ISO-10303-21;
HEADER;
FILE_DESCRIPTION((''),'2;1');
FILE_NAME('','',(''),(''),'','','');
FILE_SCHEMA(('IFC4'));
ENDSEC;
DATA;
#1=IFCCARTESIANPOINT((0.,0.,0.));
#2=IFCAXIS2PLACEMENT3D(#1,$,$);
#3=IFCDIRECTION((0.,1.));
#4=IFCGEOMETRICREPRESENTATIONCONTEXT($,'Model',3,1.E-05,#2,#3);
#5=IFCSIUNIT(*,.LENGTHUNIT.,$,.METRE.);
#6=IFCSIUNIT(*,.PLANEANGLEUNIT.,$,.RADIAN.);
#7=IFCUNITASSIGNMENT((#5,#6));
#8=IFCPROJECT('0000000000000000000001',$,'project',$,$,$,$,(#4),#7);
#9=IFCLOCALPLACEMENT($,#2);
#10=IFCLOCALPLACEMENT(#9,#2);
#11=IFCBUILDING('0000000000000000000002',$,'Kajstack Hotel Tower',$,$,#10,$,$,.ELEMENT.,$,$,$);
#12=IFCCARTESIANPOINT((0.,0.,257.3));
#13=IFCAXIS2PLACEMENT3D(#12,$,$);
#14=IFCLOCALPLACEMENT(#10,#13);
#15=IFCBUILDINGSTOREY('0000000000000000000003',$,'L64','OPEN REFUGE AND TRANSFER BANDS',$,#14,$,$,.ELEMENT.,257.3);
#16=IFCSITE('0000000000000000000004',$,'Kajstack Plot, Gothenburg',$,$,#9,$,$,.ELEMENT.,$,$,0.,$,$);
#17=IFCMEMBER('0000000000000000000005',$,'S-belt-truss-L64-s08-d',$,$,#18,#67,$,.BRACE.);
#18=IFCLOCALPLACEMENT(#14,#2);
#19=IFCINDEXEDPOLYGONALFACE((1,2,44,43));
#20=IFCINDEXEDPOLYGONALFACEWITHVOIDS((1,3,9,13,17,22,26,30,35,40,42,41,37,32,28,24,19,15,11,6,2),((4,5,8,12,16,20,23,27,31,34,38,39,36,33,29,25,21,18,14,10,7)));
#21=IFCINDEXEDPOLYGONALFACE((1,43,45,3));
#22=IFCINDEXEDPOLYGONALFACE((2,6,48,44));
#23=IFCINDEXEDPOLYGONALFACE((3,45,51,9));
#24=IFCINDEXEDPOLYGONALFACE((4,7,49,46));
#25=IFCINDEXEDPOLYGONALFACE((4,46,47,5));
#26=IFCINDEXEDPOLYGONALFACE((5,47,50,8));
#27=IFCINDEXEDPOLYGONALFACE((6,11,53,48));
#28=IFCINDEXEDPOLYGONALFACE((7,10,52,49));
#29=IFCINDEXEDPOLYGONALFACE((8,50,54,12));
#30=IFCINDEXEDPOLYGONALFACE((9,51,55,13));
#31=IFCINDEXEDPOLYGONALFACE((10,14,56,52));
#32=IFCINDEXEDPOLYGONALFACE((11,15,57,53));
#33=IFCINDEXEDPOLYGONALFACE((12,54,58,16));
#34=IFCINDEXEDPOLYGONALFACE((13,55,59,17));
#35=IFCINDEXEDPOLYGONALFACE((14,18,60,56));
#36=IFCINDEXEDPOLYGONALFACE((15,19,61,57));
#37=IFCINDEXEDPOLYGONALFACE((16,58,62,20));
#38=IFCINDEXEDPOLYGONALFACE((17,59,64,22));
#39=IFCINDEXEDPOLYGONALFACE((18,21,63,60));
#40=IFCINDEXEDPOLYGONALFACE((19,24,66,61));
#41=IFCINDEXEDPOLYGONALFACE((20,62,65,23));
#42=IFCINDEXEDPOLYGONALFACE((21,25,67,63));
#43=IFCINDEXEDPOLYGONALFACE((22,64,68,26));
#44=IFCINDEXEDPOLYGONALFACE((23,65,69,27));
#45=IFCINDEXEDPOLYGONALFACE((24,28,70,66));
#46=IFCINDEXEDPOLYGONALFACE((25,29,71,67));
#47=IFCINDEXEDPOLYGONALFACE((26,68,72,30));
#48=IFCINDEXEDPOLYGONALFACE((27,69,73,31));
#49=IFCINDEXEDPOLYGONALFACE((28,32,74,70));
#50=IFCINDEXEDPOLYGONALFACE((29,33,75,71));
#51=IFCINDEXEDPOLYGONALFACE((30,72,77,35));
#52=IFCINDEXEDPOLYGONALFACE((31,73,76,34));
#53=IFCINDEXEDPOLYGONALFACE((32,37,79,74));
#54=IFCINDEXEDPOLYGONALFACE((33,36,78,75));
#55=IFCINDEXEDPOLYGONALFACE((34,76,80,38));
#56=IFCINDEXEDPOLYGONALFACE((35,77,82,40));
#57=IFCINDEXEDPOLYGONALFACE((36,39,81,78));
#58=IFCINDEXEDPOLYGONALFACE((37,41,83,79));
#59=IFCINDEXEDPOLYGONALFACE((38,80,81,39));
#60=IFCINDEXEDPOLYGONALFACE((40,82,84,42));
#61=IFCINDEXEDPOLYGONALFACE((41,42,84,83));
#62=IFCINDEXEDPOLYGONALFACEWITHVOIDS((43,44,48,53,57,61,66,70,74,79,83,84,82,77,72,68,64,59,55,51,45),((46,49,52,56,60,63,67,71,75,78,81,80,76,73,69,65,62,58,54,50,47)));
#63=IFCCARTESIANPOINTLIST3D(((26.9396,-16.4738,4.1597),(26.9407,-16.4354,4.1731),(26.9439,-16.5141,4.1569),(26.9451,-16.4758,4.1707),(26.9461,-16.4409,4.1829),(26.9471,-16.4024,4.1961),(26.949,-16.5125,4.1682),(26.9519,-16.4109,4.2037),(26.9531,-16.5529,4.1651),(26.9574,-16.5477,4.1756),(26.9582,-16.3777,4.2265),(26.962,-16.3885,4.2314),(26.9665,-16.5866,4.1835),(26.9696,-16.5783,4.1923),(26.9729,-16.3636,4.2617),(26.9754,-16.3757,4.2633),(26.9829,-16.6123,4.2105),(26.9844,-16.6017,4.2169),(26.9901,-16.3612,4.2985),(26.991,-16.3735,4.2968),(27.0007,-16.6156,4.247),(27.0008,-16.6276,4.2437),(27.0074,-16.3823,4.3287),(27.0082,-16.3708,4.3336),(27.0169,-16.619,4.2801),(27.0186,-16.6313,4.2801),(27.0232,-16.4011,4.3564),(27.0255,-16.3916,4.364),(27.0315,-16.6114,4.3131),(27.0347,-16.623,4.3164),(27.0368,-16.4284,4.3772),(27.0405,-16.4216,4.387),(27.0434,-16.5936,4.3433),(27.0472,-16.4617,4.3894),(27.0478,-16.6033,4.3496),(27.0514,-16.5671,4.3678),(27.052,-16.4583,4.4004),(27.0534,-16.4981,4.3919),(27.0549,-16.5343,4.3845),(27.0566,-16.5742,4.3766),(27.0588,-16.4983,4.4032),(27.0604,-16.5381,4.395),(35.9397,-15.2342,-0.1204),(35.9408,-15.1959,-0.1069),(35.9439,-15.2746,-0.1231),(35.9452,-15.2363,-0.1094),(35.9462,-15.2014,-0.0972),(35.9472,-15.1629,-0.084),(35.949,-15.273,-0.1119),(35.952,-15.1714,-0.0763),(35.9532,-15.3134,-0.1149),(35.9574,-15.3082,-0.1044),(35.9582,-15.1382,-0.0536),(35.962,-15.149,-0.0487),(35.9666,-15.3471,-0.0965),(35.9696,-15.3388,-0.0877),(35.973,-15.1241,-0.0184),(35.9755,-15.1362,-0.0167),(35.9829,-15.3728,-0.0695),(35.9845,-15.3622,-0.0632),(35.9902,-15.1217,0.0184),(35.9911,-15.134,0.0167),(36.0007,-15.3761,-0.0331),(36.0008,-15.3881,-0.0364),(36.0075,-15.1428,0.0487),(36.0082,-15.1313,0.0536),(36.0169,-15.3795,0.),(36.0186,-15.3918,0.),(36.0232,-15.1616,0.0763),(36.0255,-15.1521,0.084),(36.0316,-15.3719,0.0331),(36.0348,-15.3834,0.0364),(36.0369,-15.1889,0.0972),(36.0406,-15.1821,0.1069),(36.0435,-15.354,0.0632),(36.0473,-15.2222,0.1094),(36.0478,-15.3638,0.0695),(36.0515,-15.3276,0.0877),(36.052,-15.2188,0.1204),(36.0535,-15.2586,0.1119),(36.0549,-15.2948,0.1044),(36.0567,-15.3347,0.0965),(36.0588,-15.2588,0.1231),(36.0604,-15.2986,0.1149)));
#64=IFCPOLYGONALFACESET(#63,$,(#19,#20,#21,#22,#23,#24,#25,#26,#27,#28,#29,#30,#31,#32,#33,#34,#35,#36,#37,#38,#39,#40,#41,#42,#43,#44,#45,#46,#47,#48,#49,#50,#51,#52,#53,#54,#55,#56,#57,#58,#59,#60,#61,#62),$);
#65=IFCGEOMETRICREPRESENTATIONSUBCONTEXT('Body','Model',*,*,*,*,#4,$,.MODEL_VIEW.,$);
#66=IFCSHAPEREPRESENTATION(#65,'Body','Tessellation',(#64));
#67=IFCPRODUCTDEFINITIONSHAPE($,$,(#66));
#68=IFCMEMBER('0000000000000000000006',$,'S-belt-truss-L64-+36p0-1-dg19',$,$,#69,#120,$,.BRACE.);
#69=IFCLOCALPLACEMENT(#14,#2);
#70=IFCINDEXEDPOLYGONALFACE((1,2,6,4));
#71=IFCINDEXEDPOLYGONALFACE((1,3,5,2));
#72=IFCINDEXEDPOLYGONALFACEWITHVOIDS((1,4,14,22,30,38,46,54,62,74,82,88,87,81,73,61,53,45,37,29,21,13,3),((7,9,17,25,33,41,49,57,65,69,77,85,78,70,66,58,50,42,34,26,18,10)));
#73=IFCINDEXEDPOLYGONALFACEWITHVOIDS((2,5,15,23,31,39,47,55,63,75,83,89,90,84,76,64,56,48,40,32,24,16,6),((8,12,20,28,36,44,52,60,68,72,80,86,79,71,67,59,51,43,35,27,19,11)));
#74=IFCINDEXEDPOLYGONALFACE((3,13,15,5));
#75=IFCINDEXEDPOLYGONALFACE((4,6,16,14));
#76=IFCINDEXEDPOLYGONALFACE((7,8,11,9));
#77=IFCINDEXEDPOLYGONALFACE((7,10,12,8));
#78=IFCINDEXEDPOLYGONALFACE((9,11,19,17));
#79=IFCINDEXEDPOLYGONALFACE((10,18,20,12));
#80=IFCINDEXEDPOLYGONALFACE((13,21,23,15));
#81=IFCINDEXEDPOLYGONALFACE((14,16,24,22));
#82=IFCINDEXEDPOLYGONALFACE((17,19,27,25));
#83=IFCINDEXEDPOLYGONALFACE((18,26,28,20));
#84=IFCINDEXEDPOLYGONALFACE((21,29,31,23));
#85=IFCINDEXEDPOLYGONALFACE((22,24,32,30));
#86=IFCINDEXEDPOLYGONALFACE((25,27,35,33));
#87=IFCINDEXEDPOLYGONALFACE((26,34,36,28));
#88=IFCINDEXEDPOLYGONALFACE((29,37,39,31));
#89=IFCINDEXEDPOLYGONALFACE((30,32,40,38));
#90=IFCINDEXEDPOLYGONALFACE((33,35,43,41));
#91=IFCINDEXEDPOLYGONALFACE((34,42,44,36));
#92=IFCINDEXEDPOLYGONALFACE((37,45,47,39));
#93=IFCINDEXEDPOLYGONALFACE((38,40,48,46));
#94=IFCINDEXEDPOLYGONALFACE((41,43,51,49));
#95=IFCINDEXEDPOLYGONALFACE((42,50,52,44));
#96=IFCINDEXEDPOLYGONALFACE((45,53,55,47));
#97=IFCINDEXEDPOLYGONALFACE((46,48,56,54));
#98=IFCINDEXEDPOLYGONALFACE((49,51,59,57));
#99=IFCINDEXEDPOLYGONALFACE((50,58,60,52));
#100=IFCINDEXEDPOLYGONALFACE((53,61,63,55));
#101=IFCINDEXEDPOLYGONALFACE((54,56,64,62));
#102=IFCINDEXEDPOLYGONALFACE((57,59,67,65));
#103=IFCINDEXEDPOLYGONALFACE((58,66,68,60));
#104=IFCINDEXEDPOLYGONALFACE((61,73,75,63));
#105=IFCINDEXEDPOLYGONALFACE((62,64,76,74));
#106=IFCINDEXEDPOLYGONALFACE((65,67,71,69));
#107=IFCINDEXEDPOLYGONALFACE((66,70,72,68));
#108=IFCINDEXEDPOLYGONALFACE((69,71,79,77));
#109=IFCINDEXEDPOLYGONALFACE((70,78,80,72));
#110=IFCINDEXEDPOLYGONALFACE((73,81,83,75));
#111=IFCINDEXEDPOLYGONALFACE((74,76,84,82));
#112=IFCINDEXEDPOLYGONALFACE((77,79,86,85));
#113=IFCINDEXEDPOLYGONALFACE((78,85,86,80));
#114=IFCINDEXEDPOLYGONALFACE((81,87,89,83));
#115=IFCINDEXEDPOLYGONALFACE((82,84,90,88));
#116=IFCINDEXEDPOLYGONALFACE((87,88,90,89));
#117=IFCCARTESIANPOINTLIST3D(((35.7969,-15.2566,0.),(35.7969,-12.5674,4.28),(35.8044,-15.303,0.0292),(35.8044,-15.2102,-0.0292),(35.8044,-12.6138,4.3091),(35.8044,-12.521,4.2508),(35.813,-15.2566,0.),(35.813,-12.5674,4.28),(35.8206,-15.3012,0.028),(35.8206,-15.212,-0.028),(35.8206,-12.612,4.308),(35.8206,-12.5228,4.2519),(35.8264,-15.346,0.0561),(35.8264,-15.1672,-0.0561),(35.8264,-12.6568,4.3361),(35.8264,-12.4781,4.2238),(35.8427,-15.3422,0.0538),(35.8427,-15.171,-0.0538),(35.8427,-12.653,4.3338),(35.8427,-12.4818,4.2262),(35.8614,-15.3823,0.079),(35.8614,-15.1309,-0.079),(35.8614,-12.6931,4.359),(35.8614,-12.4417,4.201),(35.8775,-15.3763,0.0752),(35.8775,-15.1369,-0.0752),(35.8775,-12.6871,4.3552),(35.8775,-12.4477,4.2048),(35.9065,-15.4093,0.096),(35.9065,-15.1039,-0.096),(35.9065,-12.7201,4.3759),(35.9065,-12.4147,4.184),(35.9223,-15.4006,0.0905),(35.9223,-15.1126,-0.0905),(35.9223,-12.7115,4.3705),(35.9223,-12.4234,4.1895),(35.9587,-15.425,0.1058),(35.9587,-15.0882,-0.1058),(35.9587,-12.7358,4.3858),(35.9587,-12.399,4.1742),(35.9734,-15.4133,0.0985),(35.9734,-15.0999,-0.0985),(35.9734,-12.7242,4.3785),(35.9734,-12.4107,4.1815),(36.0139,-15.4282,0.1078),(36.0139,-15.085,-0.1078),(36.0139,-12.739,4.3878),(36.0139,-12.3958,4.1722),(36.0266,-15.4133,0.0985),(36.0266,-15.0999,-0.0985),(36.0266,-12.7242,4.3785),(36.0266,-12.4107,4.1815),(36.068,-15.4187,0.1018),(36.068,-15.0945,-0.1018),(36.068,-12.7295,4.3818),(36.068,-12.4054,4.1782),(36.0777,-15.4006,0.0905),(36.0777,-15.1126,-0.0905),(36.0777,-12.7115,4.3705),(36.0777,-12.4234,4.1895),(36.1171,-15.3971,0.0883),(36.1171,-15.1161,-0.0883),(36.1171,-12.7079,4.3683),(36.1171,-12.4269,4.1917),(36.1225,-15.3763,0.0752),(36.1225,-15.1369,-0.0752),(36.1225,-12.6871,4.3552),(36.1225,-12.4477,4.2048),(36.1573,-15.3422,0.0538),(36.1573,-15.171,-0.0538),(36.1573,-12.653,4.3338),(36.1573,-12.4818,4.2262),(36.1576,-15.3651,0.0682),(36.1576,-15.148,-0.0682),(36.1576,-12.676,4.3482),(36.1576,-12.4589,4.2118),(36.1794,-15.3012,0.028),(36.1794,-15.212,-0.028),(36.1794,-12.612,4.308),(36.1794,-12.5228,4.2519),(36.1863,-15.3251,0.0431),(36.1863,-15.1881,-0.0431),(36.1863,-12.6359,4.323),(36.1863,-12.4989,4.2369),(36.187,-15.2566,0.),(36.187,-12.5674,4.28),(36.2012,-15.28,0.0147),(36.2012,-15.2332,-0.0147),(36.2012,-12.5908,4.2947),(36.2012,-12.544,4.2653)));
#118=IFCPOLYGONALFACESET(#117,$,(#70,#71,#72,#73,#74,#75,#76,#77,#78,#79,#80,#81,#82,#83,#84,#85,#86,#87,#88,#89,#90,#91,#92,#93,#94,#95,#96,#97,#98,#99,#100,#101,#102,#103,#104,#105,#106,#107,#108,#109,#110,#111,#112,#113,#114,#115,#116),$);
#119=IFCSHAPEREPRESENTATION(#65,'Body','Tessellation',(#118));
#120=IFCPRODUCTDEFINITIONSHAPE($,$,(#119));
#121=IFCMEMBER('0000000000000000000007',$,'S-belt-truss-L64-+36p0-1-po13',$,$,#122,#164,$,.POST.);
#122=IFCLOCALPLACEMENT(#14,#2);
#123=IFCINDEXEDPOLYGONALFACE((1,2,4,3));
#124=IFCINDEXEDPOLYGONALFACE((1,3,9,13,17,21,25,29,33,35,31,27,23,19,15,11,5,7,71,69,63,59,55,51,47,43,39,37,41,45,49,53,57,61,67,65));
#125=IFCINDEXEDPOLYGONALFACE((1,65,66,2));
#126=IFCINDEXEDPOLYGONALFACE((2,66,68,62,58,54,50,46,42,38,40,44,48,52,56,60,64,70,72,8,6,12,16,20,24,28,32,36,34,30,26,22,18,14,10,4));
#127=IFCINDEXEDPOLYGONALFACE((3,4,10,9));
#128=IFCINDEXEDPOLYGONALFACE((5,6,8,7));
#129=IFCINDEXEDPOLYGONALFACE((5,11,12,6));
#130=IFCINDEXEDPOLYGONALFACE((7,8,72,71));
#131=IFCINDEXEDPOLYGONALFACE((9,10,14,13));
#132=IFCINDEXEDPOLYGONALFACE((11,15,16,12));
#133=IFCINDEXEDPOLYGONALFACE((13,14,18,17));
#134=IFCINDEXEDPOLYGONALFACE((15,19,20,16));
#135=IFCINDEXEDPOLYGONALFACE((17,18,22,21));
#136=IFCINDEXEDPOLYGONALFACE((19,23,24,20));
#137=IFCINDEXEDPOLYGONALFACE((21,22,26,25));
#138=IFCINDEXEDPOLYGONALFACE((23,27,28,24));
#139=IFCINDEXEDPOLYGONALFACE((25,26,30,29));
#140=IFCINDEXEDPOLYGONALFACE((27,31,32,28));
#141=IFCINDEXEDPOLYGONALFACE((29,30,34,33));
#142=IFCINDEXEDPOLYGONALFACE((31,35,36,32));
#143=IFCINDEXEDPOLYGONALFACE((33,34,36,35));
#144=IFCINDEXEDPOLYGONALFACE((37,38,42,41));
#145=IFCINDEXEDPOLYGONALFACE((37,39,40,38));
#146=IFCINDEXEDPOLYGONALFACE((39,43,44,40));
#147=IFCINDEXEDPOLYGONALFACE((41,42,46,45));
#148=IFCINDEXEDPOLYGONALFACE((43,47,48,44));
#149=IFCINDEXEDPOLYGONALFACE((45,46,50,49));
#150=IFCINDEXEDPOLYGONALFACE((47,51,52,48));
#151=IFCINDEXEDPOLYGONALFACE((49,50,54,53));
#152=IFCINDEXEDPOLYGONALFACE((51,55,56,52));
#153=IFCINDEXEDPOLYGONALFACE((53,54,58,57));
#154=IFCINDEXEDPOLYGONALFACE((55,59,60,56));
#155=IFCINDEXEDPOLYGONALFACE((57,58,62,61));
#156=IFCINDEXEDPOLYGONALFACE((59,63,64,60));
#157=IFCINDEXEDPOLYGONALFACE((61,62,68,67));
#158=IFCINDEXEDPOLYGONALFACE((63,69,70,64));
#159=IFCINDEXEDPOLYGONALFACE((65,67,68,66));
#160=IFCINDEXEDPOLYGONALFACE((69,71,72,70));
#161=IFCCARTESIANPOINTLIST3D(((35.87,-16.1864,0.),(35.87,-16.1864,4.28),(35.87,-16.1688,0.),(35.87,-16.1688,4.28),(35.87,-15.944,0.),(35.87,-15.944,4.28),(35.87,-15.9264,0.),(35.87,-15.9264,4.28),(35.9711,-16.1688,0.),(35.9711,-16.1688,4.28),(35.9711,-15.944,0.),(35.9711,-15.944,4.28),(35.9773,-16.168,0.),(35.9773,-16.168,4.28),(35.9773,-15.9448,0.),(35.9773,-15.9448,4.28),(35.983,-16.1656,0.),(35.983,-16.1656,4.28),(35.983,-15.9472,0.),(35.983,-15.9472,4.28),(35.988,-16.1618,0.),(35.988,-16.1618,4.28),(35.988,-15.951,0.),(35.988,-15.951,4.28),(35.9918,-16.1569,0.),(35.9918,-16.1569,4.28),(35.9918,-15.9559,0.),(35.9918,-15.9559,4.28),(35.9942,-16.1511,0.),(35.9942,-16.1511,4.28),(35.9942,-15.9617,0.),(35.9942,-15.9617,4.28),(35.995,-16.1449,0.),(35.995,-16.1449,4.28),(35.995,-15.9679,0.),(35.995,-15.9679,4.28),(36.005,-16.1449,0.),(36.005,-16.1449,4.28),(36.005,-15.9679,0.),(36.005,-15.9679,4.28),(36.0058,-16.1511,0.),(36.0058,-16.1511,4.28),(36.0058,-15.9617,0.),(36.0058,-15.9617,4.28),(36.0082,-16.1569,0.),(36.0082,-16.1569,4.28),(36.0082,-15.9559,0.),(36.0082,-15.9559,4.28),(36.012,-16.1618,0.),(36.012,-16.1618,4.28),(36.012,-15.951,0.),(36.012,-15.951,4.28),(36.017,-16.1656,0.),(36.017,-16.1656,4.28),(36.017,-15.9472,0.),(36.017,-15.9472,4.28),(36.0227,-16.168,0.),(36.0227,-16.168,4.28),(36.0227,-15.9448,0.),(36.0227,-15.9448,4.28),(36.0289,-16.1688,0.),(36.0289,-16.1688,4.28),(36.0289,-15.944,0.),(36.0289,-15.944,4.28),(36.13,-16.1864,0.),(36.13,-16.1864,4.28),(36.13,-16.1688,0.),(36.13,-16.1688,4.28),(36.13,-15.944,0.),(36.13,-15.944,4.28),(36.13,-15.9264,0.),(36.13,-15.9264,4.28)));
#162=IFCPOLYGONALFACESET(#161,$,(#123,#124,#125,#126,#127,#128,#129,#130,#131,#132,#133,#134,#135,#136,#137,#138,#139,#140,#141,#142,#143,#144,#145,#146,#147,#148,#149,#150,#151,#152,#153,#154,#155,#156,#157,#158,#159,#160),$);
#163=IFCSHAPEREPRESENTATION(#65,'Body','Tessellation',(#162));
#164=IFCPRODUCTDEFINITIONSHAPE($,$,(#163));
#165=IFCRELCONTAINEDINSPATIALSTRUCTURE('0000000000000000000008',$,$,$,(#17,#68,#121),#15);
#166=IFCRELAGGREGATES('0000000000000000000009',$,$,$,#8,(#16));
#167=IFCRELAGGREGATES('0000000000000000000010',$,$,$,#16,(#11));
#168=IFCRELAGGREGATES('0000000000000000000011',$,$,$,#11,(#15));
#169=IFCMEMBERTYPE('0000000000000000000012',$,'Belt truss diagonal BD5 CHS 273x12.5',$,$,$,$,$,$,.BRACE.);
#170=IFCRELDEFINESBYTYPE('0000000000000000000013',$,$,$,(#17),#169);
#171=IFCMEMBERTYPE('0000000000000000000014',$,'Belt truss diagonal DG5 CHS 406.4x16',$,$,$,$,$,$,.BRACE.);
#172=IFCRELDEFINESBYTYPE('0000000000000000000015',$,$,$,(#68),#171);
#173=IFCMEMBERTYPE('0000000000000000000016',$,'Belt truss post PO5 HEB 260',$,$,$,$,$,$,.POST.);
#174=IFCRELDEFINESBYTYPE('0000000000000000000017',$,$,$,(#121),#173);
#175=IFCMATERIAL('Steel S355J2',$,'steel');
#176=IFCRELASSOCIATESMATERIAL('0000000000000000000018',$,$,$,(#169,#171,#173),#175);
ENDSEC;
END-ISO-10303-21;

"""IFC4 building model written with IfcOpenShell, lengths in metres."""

from ifc_helpers import new_model, si_unit, direction, frame, origin, origin_2d, place, context, subcontext, project, spatial, hollow_circle, i_section, extrude, material, material_profile, profile_set, type_object, element, save


model = new_model("IFC4")

# Units and contexts
model_context = context("Model", 3, precision=1e-05, world=origin(), true_north=direction((0.0, 1.0)))
body_context = subcontext(model_context, "Body", "Model", "MODEL_VIEW")
ifc_project = project(units=[si_unit("LENGTHUNIT", "METRE"), si_unit("PLANEANGLEUNIT", "RADIAN")], contexts=[model_context])

# Site, building, storey
site_placement = place(None, origin())
site = spatial("IfcSite", under=ifc_project, at=site_placement, Name="Kajstack Plot, Gothenburg", CompositionType="ELEMENT", RefElevation=0.0)
building_placement = place(site_placement, origin())
building = spatial("IfcBuilding", under=site, at=building_placement, Name="Kajstack Hotel Tower", CompositionType="ELEMENT")
storey_placement = place(building_placement, frame((0.0, 0.0, 257.3)))
storey = spatial("IfcBuildingStorey", under=building, at=storey_placement, Name="L64", Description="OPEN REFUGE AND TRANSFER BANDS", CompositionType="ELEMENT", Elevation=257.3)

# Members
ifc_material_1 = material(Name="Steel S355J2", Category="steel")
ifc_material_profile_1 = material_profile(ifc_material_1, hollow_circle(Radius=0.1365, WallThickness=0.0125, at=origin_2d()), Name="CHS 273x12.5")
ifc_profile_set_1 = profile_set([ifc_material_profile_1], Name="Steel S355J2")
member_type_1 = type_object("IfcMemberType", Name="Belt truss diagonal BD5 CHS 273x12.5", PredefinedType="BRACE", material=ifc_profile_set_1)
member_1_placement = place(storey_placement, frame((36.0, -15.2566, 0.0), z_axis=(-0.896177, -0.123424, 0.426185), x_axis=(0.136435, -0.990649, 0.0)))
element("IfcMember", 1, at=member_1_placement, inside=storey, type_object=member_type_1, Name="S-belt-truss-L64-s08-d", PredefinedType="BRACE", context=body_context, shape_type="SweptSolid", body=[
    extrude(hollow_circle(Radius=0.1365, WallThickness=0.0125, at=origin_2d()), origin(), (0.0, 0.0, 1.0), 10.0427),
])
ifc_material_profile_2 = material_profile(ifc_material_1, hollow_circle(Radius=0.2031, WallThickness=0.0161, at=origin_2d()), Name="CHS 406.4x16")
ifc_profile_set_2 = profile_set([ifc_material_profile_2], Name="Steel S355J2")
member_type_2 = type_object("IfcMemberType", Name="Belt truss diagonal DG5 CHS 406.4x16", PredefinedType="BRACE", material=ifc_profile_set_2)
member_2_placement = place(storey_placement, frame((36.0, -15.2566, 0.0), z_axis=(0.0, 0.532016, 0.846734), x_axis=(-1.0, 0.0, 0.0)))
element("IfcMember", 2, at=member_2_placement, inside=storey, type_object=member_type_2, Name="S-belt-truss-L64-+36p0-1-dg19", PredefinedType="BRACE", context=body_context, shape_type="SweptSolid", body=[
    extrude(hollow_circle(Radius=0.2031, WallThickness=0.0161, at=origin_2d()), origin(), (0.0, 0.0, 1.0), 5.0547),
])
ifc_material_profile_3 = material_profile(ifc_material_1, i_section(OverallWidth=0.26, OverallDepth=0.26, WebThickness=0.01, FlangeThickness=0.0176, FilletRadius=0.0239, at=origin_2d()), Name="HEB 260")
ifc_profile_set_3 = profile_set([ifc_material_profile_3], Name="Steel S355J2")
member_type_3 = type_object("IfcMemberType", Name="Belt truss post PO5 HEB 260", PredefinedType="POST", material=ifc_profile_set_3)
for number, where, z_axis, x_axis, name in (
    (3, (36.0, -16.0564, 0.0), (0.0, 0.0, 1.0), (1.0, 0.0, 0.0), "S-belt-truss-L64-+36p0-1-po13"),
):
    element("IfcMember", number, at=place(storey_placement, frame(where, z_axis=z_axis, x_axis=x_axis)), inside=storey, type_object=member_type_3, Name=name, PredefinedType="POST", context=body_context, shape_type="SweptSolid", body=[
        extrude(i_section(OverallWidth=0.26, OverallDepth=0.26, WebThickness=0.01, FlangeThickness=0.0176, FilletRadius=0.0239, at=origin_2d()), origin(), (0.0, 0.0, 1.0), 4.28),
    ])

save(model, "model.ifc")
